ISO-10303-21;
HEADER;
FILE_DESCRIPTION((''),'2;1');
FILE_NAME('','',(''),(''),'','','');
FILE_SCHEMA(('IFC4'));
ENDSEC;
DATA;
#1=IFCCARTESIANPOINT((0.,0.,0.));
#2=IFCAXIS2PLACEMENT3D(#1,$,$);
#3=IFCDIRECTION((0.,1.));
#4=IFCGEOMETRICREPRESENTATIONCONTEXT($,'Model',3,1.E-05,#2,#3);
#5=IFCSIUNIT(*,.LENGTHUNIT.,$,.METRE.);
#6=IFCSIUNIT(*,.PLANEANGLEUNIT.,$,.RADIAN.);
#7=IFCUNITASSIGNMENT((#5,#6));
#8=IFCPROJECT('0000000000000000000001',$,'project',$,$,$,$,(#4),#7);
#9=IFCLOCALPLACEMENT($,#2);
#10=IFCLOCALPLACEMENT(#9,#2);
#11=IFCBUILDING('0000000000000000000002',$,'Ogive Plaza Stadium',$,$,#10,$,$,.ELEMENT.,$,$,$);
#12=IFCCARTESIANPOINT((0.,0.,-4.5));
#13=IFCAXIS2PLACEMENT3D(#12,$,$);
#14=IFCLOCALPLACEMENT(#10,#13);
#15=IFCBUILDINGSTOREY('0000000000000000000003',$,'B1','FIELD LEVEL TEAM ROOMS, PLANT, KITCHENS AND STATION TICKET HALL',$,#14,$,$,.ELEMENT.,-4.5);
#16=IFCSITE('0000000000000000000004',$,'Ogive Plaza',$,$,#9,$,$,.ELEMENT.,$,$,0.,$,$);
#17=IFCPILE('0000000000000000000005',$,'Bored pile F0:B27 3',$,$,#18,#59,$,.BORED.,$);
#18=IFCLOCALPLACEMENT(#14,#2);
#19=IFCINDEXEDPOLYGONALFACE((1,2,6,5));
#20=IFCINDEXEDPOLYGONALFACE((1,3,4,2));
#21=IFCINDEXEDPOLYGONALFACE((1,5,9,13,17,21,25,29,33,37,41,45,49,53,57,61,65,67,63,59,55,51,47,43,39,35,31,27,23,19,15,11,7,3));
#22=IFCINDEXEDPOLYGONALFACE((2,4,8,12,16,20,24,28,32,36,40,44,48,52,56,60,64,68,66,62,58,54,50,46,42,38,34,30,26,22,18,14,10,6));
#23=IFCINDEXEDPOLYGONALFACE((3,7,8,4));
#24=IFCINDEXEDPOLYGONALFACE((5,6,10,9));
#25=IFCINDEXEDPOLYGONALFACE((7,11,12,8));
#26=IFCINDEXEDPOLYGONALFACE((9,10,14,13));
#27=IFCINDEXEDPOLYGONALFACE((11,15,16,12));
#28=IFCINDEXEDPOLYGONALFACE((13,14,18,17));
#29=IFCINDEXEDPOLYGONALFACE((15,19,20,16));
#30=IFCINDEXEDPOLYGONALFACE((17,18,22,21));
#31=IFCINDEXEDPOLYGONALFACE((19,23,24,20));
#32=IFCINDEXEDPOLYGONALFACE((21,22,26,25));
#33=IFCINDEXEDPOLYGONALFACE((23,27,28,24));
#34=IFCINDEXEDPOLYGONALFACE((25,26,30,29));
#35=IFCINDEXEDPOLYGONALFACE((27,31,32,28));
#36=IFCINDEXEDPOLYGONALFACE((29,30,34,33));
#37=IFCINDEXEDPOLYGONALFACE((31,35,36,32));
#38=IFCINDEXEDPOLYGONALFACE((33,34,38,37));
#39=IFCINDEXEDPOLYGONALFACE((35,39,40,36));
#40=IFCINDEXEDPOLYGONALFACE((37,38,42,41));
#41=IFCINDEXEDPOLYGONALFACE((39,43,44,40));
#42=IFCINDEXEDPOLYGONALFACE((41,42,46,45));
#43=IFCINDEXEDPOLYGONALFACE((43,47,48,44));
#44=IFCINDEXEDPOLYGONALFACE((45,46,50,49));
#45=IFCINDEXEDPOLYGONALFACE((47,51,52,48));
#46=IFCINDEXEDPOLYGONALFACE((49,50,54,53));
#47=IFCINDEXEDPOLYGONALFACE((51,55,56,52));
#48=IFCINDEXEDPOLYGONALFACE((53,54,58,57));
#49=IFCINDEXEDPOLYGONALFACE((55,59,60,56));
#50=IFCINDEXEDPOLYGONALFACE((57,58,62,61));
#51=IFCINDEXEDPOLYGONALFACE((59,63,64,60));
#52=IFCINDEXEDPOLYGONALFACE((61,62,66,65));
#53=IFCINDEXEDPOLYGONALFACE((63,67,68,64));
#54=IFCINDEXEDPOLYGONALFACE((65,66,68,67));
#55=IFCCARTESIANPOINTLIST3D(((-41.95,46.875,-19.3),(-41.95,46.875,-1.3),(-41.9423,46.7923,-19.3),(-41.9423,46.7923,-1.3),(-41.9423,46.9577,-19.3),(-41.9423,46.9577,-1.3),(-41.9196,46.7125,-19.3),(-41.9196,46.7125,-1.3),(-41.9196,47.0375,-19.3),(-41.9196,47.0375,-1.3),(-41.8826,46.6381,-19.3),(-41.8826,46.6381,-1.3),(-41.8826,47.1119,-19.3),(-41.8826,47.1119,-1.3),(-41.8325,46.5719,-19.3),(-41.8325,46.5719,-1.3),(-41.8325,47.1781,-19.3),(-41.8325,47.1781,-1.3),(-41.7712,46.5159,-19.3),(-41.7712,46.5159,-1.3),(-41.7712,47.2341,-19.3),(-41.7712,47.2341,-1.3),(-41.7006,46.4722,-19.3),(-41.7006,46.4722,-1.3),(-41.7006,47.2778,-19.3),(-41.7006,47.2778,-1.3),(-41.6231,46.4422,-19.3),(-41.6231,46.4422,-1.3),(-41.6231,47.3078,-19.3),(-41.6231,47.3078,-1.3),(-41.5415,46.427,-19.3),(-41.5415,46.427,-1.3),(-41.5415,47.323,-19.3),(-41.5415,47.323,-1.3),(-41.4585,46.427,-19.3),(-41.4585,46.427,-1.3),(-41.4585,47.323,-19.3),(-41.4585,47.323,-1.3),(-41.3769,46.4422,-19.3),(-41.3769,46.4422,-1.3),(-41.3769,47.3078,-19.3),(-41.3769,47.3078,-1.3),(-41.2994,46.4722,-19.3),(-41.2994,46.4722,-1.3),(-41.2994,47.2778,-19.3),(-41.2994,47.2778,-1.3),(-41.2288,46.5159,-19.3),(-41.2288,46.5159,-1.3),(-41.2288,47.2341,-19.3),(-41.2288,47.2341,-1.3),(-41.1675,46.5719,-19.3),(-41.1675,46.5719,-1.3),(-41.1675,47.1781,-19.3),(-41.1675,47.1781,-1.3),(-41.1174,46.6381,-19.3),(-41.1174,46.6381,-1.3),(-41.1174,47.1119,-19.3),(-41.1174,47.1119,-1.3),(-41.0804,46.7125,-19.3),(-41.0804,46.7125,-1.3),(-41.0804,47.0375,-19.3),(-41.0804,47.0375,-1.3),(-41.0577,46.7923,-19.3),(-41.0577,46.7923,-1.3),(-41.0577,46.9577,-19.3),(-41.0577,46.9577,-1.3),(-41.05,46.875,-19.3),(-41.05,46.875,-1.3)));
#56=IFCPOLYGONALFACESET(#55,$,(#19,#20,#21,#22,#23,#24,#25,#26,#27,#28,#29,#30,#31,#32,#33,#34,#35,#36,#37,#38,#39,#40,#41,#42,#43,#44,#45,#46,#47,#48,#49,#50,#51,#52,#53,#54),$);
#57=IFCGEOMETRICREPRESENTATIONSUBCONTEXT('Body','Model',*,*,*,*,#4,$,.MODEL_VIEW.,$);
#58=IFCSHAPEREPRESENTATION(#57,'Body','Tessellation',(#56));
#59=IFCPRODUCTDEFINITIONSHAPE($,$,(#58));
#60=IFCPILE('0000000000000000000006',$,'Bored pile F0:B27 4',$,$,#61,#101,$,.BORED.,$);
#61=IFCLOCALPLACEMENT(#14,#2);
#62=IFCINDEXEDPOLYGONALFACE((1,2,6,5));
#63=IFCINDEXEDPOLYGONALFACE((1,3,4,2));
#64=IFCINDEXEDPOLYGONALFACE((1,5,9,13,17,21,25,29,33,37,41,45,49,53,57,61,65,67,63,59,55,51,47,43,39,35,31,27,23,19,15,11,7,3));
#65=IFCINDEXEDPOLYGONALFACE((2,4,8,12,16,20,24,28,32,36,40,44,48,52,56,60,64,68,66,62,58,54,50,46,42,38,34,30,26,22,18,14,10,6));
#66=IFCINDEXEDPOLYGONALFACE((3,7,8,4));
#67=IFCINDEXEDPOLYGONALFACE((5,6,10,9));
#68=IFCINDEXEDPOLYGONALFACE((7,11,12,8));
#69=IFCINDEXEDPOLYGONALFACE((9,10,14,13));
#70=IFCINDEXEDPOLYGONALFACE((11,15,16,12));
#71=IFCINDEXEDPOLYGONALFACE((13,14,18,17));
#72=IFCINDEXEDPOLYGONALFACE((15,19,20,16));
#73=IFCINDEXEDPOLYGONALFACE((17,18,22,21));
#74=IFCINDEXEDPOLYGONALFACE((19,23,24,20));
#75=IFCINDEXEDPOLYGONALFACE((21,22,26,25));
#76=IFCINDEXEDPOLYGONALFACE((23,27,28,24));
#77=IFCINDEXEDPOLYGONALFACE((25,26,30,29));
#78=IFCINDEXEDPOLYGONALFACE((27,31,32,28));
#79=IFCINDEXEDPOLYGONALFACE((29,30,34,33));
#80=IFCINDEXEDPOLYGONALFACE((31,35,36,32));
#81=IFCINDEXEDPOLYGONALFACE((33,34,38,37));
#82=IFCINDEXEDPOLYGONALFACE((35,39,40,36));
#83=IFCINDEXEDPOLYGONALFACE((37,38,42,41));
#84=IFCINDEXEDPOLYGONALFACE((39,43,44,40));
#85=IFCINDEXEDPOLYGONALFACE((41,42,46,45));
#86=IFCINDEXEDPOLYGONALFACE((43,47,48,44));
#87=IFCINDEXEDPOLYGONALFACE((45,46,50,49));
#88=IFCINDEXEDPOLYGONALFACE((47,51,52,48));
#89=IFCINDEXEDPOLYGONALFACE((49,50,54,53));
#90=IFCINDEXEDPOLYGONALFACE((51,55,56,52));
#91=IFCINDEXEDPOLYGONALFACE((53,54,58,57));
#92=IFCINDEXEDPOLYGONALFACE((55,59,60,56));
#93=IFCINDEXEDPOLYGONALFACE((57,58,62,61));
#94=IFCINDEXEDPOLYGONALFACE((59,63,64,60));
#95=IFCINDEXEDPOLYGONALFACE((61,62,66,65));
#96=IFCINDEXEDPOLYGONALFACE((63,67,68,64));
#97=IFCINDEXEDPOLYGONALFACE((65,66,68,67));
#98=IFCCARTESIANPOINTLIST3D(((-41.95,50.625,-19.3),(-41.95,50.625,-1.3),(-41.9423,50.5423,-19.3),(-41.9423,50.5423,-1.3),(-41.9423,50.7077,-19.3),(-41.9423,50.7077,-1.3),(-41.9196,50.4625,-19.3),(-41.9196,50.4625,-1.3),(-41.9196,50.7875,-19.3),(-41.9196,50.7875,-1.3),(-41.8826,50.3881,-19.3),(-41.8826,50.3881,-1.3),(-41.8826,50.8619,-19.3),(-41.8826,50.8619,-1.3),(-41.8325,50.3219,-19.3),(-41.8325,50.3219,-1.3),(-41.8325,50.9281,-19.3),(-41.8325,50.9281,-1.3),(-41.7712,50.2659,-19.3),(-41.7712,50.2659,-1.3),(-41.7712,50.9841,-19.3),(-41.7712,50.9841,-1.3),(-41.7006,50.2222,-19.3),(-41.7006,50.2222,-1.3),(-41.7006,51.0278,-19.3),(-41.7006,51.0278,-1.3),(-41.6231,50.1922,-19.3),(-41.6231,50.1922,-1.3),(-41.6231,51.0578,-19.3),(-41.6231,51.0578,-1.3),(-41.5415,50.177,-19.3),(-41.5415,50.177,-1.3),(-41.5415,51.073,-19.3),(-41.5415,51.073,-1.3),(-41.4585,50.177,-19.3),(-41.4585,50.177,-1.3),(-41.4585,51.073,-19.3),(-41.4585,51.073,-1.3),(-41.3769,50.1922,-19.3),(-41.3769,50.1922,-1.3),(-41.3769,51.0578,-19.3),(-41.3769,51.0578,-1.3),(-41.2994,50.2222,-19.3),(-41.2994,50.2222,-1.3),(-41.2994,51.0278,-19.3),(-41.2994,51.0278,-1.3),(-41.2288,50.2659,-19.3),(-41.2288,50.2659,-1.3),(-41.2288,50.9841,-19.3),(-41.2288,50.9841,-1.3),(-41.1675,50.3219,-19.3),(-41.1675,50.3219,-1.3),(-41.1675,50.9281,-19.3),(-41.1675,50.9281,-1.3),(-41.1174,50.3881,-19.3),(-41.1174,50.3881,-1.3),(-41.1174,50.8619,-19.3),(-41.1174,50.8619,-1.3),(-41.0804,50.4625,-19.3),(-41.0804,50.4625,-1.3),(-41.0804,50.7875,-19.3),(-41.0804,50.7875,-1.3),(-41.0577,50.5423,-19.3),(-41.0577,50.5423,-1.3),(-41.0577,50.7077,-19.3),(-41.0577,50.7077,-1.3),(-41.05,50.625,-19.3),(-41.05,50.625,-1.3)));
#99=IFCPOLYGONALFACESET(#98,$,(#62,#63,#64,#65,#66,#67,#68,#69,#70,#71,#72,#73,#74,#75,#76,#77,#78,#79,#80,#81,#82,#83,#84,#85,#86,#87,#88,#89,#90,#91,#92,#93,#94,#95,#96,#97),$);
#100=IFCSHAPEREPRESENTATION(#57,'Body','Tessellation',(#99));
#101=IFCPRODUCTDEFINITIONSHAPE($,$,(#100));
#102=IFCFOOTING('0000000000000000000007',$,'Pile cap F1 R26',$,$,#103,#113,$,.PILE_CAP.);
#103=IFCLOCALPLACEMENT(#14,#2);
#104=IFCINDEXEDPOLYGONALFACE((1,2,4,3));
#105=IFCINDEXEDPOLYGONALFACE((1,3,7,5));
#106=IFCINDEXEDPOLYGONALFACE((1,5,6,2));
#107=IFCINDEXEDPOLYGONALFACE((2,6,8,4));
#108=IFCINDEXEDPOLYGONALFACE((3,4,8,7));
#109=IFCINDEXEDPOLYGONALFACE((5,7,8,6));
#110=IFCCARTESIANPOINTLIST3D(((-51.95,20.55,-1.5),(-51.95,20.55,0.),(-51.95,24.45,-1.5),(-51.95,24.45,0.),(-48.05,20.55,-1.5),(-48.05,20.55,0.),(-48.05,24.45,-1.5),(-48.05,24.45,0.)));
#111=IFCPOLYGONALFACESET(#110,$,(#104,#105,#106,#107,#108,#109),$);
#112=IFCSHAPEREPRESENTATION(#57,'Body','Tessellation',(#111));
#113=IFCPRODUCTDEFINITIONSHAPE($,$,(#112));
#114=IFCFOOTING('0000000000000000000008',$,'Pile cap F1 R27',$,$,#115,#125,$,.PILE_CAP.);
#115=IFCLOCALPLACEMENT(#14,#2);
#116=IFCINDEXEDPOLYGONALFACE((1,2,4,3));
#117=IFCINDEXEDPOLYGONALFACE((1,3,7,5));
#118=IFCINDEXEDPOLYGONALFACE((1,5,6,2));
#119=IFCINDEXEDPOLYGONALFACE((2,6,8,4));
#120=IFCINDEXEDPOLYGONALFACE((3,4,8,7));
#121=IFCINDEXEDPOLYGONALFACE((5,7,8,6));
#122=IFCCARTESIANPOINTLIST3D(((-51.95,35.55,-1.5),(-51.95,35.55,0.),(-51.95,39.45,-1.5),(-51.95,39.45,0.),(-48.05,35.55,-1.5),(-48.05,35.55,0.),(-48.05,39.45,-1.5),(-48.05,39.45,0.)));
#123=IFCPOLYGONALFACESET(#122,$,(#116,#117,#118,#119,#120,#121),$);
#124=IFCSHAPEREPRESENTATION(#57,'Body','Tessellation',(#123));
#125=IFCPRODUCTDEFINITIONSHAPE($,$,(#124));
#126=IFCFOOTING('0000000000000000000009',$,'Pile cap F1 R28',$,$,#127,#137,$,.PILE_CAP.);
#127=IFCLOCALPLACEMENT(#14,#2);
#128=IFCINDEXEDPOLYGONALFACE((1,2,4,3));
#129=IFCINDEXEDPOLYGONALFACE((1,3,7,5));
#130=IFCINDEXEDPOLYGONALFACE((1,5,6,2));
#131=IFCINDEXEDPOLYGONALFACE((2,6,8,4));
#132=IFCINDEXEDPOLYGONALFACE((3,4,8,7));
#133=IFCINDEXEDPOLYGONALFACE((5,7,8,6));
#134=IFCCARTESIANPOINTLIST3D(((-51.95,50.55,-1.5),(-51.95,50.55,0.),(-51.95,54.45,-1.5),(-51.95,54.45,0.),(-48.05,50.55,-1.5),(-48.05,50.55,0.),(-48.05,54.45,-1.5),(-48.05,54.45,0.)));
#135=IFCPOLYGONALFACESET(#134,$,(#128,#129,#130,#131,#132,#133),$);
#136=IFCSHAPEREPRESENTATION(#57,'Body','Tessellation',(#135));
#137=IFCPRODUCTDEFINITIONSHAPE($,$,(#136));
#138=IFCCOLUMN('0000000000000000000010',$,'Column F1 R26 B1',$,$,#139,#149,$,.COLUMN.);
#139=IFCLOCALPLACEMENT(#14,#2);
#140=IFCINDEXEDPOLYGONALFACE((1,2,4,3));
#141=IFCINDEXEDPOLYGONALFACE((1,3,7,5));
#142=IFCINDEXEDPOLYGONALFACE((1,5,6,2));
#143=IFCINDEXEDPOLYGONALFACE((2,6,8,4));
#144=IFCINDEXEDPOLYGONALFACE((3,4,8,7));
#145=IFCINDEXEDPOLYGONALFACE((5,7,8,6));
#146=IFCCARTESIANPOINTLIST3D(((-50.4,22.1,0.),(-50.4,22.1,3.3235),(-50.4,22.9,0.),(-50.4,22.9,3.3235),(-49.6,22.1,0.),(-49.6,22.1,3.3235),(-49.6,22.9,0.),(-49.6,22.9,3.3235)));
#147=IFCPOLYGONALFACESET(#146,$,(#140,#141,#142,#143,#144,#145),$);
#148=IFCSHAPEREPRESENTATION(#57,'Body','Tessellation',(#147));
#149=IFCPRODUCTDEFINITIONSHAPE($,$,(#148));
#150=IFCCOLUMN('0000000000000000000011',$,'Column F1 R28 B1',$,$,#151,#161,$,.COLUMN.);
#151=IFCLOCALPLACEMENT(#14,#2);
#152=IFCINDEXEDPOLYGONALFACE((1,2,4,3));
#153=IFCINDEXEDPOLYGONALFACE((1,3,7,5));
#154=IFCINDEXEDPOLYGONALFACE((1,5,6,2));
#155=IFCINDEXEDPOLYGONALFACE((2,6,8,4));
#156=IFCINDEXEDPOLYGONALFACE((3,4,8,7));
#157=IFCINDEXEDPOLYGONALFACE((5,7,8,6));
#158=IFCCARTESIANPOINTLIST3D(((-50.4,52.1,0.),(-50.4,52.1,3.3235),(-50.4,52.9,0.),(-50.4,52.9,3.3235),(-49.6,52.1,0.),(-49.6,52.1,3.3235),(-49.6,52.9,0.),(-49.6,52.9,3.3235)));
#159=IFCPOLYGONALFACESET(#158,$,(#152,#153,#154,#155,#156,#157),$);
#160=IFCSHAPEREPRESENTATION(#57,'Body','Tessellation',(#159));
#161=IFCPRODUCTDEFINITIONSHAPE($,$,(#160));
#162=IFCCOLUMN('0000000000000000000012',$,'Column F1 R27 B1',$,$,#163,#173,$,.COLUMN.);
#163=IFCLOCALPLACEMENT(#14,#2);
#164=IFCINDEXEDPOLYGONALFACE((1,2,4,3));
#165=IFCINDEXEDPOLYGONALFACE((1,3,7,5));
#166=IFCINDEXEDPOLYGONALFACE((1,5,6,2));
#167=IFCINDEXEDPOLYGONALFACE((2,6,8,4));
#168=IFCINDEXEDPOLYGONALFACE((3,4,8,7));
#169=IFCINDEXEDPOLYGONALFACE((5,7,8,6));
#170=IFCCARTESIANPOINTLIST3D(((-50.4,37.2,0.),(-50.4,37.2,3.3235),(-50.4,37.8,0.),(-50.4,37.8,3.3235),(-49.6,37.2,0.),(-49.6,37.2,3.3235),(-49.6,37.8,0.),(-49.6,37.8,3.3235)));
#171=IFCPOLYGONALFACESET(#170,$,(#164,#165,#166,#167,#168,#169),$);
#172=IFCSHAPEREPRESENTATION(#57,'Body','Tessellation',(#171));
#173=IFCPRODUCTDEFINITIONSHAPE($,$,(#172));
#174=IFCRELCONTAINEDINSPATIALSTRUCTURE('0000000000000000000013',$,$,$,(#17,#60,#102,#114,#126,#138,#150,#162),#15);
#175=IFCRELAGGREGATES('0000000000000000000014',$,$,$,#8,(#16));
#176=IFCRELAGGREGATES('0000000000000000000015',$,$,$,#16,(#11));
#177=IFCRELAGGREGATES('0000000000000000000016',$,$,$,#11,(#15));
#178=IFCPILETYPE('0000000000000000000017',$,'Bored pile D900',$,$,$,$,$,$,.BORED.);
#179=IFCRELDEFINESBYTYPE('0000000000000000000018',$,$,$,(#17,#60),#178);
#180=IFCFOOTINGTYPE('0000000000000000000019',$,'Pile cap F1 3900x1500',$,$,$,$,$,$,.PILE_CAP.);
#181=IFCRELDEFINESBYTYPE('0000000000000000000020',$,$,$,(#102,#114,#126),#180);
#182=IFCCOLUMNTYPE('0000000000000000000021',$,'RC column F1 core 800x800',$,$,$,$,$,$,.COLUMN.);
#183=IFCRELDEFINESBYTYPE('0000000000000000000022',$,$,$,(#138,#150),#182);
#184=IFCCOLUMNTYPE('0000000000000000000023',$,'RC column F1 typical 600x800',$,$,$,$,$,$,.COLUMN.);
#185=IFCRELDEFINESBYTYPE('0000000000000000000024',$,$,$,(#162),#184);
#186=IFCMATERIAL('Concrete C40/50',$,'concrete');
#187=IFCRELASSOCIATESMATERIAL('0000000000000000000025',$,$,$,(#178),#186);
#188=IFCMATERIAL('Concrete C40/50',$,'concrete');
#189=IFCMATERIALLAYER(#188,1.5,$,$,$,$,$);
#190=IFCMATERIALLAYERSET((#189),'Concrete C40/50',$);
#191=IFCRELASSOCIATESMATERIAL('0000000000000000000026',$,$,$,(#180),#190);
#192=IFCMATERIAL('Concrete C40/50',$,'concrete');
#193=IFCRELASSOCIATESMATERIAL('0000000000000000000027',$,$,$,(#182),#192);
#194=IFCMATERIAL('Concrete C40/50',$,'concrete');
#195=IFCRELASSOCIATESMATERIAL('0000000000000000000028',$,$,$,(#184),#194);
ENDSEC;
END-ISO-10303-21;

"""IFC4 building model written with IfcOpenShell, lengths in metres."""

from ifc_helpers import new_model, si_unit, direction, frame, origin, origin_2d, place, context, subcontext, project, spatial, rectangle, circle, extrude, material, layer, layer_set, material_profile, profile_set, type_object, element, save


model = new_model("IFC4")

# Units and contexts
model_context = context("Model", 3, precision=1e-05, world=origin(), true_north=direction((0.0, 1.0)))
body_context = subcontext(model_context, "Body", "Model", "MODEL_VIEW")
ifc_project = project(units=[si_unit("LENGTHUNIT", "METRE"), si_unit("PLANEANGLEUNIT", "RADIAN")], contexts=[model_context])

# Site, building, storey
site_placement = place(None, origin())
site = spatial("IfcSite", under=ifc_project, at=site_placement, Name="Ogive Plaza", CompositionType="ELEMENT", RefElevation=0.0)
building_placement = place(site_placement, origin())
building = spatial("IfcBuilding", under=site, at=building_placement, Name="Ogive Plaza Stadium", CompositionType="ELEMENT")
storey_placement = place(building_placement, frame((0.0, 0.0, -4.5)))
storey = spatial("IfcBuildingStorey", under=building, at=storey_placement, Name="B1", Description="FIELD LEVEL TEAM ROOMS, PLANT, KITCHENS AND STATION TICKET HALL", CompositionType="ELEMENT", Elevation=-4.5)

# Piles
ifc_material_1 = material(Name="Concrete C40/50", Category="concrete")
ifc_material_profile_1 = material_profile(ifc_material_1, circle(Radius=0.45, at=origin_2d()), Name="RC D900")
ifc_profile_set_1 = profile_set([ifc_material_profile_1], Name="Concrete C40/50")
pile_type = type_object("IfcPileType", Name="Bored pile D900", PredefinedType="BORED", material=ifc_profile_set_1)
for number, where, z_axis, x_axis, name in (
    (1, (-41.5, 46.875, -1.3), (0.0, 0.0, -1.0), (1.0, 0.0, 0.0), "Bored pile F0:B27 3"),
    (2, (-41.5, 50.625, -1.3), (0.0, 0.0, -1.0), (1.0, 0.0, 0.0), "Bored pile F0:B27 4"),
):
    element("IfcPile", number, at=place(storey_placement, frame(where, z_axis=z_axis, x_axis=x_axis)), inside=storey, type_object=pile_type, Name=name, PredefinedType="BORED", context=body_context, shape_type="SweptSolid", body=[
        extrude(circle(Radius=0.45, at=origin_2d()), origin(), (0.0, 0.0, 1.0), 18.0),
    ])

# Footings
ifc_material_2 = material(Name="Concrete C40/50", Category="concrete")
ifc_layer_1 = layer(ifc_material_2, 1.5)
ifc_layer_set_1 = layer_set([ifc_layer_1], Name="Concrete C40/50")
footing_type = type_object("IfcFootingType", Name="Pile cap F1 3900x1500", PredefinedType="PILE_CAP", material=ifc_layer_set_1)
for number, where, z_axis, x_axis, name in (
    (3, (-50.0, 22.5, -1.5), (0.0, 0.0, 1.0), (-1.0, 0.0, 0.0), "Pile cap F1 R26"),
    (4, (-50.0, 37.5, -1.5), (0.0, 0.0, 1.0), (-1.0, 0.0, 0.0), "Pile cap F1 R27"),
    (5, (-50.0, 52.5, -1.5), (0.0, 0.0, 1.0), (-1.0, 0.0, 0.0), "Pile cap F1 R28"),
):
    element("IfcFooting", number, at=place(storey_placement, frame(where, z_axis=z_axis, x_axis=x_axis)), inside=storey, type_object=footing_type, Name=name, PredefinedType="PILE_CAP", context=body_context, shape_type="SweptSolid", body=[
        extrude(rectangle(XDim=3.8999, YDim=3.8999, at=origin_2d()), origin(), (0.0, 0.0, 1.0), 1.5),
    ])

# Columns
ifc_material_3 = material(Name="Concrete C40/50", Category="concrete")
ifc_material_profile_2 = material_profile(ifc_material_3, rectangle(XDim=0.8, YDim=0.8, at=origin_2d()), Name="RC 800x800")
ifc_profile_set_2 = profile_set([ifc_material_profile_2], Name="Concrete C40/50")
column_type_1 = type_object("IfcColumnType", Name="RC column F1 core 800x800", PredefinedType="COLUMN", material=ifc_profile_set_2)
for number, where, z_axis, x_axis, name in (
    (6, (-50.0, 22.5, 0.0), (0.0, 0.0, 1.0), (0.0, -1.0, 0.0), "Column F1 R26 B1"),
    (7, (-50.0, 52.5, 0.0), (0.0, 0.0, 1.0), (0.0, -1.0, 0.0), "Column F1 R28 B1"),
):
    element("IfcColumn", number, at=place(storey_placement, frame(where, z_axis=z_axis, x_axis=x_axis)), inside=storey, type_object=column_type_1, Name=name, PredefinedType="COLUMN", context=body_context, shape_type="SweptSolid", body=[
        extrude(rectangle(XDim=0.8, YDim=0.8, at=origin_2d()), origin(), (0.0, 0.0, 1.0), 3.3235),
    ])
ifc_material_4 = material(Name="Concrete C40/50", Category="concrete")
ifc_material_profile_3 = material_profile(ifc_material_4, rectangle(XDim=0.6001, YDim=0.8, at=origin_2d()), Name="RC 600x800")
ifc_profile_set_3 = profile_set([ifc_material_profile_3], Name="Concrete C40/50")
column_type_2 = type_object("IfcColumnType", Name="RC column F1 typical 600x800", PredefinedType="COLUMN", material=ifc_profile_set_3)
column_placement = place(storey_placement, frame((-50.0, 37.5, 0.0), z_axis=(0.0, 0.0, 1.0), x_axis=(0.0, -1.0, 0.0)))
element("IfcColumn", 8, at=column_placement, inside=storey, type_object=column_type_2, Name="Column F1 R27 B1", PredefinedType="COLUMN", context=body_context, shape_type="SweptSolid", body=[
    extrude(rectangle(XDim=0.6001, YDim=0.8, at=origin_2d()), origin(), (0.0, 0.0, 1.0), 3.3235),
])

save(model, "model.ifc")
